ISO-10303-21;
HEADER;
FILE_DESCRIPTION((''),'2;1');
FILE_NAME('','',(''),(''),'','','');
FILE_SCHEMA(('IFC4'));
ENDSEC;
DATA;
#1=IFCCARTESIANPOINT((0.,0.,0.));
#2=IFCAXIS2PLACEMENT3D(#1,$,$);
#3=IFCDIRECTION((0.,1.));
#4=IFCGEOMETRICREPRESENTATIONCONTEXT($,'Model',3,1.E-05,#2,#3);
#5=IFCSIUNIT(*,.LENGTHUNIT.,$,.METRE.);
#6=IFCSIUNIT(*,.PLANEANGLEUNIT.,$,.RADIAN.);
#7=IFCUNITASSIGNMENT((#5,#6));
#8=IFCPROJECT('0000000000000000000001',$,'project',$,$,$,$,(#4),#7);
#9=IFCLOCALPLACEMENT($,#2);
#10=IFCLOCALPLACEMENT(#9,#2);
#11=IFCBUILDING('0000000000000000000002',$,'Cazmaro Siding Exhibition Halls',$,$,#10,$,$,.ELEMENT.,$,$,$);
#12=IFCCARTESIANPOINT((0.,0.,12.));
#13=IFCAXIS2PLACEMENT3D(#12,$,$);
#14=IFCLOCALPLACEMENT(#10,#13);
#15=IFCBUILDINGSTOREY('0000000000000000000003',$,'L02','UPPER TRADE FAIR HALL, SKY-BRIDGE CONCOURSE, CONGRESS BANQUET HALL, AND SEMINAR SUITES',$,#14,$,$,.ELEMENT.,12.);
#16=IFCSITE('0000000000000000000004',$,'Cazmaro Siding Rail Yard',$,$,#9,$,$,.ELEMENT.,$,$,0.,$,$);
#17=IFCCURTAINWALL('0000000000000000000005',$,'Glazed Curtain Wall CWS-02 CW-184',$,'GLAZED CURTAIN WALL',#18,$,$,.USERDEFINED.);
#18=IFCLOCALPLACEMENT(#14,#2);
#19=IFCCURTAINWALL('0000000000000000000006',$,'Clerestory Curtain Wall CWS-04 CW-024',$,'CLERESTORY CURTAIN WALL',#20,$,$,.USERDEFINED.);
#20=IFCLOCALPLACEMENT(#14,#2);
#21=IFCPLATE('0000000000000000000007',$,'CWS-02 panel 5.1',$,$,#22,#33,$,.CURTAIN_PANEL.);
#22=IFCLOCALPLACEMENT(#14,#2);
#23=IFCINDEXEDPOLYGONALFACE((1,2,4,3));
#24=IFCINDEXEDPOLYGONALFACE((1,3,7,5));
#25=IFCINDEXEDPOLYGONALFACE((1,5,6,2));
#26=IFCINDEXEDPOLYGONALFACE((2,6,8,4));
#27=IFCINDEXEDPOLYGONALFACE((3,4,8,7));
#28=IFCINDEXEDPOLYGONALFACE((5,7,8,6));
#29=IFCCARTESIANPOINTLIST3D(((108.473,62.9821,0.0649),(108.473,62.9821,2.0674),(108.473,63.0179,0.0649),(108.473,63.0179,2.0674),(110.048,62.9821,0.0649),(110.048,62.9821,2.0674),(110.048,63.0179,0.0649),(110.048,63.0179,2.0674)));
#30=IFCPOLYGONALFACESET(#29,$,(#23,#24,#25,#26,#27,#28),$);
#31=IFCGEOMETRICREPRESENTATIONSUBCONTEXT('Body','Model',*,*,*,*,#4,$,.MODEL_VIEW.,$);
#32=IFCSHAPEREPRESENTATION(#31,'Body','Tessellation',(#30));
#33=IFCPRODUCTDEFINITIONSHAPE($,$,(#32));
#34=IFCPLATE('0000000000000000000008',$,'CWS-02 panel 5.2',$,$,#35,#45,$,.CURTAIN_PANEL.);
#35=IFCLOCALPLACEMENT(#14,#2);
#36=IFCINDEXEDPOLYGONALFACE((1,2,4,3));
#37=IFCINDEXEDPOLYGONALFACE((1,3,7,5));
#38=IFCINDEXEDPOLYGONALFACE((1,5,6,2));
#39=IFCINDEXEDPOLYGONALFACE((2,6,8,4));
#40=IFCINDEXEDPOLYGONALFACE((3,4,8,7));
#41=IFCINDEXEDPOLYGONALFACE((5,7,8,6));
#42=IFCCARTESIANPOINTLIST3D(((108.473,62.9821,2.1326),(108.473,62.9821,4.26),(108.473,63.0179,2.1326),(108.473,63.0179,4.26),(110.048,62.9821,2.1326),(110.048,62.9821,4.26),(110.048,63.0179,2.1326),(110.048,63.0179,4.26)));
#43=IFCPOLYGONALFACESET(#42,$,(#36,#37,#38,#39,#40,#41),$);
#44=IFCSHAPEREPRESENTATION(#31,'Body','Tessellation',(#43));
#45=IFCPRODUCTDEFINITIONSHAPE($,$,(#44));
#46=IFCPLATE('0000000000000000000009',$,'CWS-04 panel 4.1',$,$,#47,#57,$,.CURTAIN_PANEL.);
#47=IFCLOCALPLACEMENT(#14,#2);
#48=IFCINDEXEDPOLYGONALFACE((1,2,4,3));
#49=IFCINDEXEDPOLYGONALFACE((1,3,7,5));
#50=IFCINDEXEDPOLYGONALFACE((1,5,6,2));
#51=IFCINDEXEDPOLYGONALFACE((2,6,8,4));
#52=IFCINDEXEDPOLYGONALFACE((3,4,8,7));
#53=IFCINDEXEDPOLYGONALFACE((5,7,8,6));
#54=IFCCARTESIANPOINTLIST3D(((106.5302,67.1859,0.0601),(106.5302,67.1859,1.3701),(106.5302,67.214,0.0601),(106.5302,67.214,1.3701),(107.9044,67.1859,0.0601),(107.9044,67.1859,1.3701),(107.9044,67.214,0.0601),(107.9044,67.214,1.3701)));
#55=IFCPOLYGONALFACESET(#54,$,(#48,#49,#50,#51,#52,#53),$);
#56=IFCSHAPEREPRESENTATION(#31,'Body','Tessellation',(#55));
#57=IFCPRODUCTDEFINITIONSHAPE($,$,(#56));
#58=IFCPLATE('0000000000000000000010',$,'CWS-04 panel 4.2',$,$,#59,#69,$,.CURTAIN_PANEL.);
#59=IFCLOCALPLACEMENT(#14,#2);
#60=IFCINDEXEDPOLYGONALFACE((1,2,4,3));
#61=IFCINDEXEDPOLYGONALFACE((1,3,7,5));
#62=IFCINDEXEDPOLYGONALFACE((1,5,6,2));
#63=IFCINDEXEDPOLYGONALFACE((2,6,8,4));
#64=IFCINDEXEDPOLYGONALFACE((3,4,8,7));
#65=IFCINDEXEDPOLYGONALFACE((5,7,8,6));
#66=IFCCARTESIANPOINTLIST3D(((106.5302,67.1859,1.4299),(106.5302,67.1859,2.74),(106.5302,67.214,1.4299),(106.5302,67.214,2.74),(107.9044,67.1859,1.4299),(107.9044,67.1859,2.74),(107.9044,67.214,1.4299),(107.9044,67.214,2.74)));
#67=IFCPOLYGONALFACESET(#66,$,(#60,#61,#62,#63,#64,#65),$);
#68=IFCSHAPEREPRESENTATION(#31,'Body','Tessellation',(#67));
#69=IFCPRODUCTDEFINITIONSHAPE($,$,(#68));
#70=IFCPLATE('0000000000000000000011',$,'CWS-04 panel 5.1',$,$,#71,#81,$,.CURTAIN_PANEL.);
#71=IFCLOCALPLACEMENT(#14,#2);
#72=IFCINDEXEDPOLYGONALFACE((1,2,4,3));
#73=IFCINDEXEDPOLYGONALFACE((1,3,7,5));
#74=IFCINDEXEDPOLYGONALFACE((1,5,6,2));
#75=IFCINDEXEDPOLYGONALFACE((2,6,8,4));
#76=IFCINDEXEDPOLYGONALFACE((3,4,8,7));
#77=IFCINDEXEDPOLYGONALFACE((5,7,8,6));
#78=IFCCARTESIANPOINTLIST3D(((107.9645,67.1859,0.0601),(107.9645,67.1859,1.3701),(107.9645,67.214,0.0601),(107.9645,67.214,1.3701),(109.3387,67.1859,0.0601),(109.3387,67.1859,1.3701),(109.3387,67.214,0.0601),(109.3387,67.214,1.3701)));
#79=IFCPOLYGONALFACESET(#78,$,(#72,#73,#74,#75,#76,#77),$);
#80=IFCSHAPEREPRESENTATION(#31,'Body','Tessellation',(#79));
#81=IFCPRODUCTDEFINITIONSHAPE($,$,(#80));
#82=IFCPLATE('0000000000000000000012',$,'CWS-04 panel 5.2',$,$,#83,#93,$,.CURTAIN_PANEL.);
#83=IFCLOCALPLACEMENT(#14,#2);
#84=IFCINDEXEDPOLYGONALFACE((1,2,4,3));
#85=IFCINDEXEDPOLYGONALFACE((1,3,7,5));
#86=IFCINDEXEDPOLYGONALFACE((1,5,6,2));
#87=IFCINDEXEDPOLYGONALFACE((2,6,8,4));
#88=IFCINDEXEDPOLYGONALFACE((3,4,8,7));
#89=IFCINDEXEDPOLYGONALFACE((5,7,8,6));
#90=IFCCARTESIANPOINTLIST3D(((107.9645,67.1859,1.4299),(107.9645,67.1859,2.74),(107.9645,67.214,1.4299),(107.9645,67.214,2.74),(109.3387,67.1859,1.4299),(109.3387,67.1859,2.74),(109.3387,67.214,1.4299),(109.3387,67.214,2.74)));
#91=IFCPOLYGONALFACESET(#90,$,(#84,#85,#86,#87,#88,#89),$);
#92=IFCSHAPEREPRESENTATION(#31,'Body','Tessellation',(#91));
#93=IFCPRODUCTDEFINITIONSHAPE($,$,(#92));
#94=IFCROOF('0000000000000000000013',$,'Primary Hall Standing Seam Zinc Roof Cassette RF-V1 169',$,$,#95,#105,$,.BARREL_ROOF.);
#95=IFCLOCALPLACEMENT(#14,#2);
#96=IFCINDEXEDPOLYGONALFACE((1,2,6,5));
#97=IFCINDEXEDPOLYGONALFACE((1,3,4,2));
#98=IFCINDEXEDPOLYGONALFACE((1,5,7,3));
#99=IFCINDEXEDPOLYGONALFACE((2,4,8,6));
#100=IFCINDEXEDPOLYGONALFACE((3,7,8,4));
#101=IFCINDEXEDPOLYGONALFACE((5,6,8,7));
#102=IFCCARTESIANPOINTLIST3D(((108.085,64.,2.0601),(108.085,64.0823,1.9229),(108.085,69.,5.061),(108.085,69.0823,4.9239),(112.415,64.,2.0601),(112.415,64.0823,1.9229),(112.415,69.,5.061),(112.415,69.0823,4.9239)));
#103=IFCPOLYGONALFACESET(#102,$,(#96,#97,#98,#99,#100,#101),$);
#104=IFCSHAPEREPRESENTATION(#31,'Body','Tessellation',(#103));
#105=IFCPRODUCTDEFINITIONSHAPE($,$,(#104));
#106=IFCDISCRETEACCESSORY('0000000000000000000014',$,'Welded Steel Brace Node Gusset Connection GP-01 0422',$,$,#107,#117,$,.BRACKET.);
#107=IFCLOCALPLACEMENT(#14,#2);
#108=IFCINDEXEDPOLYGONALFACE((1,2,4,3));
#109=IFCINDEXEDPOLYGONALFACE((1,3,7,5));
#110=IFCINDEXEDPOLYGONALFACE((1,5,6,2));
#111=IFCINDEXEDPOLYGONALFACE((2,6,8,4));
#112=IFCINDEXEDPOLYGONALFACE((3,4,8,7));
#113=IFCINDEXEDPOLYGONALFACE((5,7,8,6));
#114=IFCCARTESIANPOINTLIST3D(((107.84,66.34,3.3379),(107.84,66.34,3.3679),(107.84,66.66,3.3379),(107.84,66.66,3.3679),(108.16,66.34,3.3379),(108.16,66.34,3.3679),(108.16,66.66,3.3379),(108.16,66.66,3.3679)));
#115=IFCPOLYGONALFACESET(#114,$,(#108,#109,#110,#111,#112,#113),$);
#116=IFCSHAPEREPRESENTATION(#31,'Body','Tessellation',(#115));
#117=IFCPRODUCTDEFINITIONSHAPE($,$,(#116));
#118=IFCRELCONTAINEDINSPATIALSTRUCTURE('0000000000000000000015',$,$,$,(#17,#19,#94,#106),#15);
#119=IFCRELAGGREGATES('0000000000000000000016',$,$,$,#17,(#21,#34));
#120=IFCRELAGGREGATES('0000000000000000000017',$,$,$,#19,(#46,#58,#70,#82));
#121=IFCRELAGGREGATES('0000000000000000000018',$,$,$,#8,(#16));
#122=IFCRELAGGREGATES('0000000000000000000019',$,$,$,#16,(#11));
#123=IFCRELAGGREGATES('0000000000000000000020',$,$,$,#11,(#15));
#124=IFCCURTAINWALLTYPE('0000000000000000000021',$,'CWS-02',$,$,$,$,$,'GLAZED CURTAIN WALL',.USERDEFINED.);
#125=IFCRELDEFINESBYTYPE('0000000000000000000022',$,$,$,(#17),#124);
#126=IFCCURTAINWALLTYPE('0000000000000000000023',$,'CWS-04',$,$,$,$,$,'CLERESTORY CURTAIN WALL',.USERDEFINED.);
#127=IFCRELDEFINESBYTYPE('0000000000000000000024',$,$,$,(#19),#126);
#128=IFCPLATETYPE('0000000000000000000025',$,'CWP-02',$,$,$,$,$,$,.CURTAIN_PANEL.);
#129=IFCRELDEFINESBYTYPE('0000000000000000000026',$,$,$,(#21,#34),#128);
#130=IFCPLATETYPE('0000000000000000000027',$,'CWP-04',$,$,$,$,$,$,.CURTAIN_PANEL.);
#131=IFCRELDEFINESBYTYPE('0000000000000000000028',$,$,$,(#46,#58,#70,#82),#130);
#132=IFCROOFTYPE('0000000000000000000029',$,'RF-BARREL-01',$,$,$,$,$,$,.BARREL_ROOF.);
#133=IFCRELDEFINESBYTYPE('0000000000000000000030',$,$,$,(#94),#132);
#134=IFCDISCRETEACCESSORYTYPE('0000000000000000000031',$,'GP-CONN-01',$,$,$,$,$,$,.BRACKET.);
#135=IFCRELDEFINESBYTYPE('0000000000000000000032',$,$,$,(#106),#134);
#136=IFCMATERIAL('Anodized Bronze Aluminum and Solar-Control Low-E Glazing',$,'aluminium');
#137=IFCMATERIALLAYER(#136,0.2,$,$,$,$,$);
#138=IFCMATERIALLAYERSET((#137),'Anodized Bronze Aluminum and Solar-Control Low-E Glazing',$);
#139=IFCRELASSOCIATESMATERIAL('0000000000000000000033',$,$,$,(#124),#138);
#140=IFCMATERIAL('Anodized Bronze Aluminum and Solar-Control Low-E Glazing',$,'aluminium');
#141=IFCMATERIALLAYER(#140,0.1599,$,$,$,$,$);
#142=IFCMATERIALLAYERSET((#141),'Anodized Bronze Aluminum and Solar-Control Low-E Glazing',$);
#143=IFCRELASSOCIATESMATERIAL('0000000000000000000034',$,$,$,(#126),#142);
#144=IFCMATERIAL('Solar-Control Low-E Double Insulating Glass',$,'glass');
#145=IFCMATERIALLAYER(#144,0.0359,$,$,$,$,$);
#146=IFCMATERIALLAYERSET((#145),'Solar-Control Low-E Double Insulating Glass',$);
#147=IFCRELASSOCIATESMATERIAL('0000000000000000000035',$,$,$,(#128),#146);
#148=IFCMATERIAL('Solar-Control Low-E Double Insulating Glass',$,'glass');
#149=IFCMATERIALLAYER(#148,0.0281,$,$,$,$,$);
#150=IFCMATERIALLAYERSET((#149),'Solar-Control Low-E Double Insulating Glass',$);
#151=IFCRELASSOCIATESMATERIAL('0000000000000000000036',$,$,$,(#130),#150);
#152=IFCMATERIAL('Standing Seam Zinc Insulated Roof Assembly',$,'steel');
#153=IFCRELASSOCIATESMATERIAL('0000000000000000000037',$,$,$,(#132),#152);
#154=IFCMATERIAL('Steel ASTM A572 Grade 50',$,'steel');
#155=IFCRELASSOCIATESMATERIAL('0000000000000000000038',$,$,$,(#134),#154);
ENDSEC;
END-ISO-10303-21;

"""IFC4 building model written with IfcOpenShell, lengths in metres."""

from ifc_helpers import new_model, si_unit, direction, frame, origin, origin_2d, place, context, subcontext, project, spatial, polyline, rectangle, outline, extrude, material, layer, layer_set, type_object, element, aggregate, save


model = new_model("IFC4")

# Units and contexts
model_context = context("Model", 3, precision=1e-05, world=origin(), true_north=direction((0.0, 1.0)))
body_context = subcontext(model_context, "Body", "Model", "MODEL_VIEW")
ifc_project = project(units=[si_unit("LENGTHUNIT", "METRE"), si_unit("PLANEANGLEUNIT", "RADIAN")], contexts=[model_context])

# Site, building, storey
site_placement = place(None, origin())
site = spatial("IfcSite", under=ifc_project, at=site_placement, Name="Cazmaro Siding Rail Yard", CompositionType="ELEMENT", RefElevation=0.0)
building_placement = place(site_placement, origin())
building = spatial("IfcBuilding", under=site, at=building_placement, Name="Cazmaro Siding Exhibition Halls", CompositionType="ELEMENT")
storey_placement = place(building_placement, frame((0.0, 0.0, 12.0)))
storey = spatial("IfcBuildingStorey", under=building, at=storey_placement, Name="L02", Description="UPPER TRADE FAIR HALL, SKY-BRIDGE CONCOURSE, CONGRESS BANQUET HALL, AND SEMINAR SUITES", CompositionType="ELEMENT", Elevation=12.0)

# Curtain wall
ifc_material_1 = material(Name="Anodized Bronze Aluminum and Solar-Control Low-E Glazing", Category="aluminium")
ifc_layer_1 = layer(ifc_material_1, 0.2)
ifc_layer_set_1 = layer_set([ifc_layer_1], Name="Anodized Bronze Aluminum and Solar-Control Low-E Glazing")
curtain_wall_type_1 = type_object("IfcCurtainWallType", Name="CWS-02", ElementType="GLAZED CURTAIN WALL", PredefinedType="USERDEFINED", material=ifc_layer_set_1)
curtain_wall_1_placement = place(storey_placement, origin())
curtain_wall_1 = element("IfcCurtainWall", 1, at=curtain_wall_1_placement, inside=storey, type_object=curtain_wall_type_1, Name="Glazed Curtain Wall CWS-02 CW-184", ObjectType="GLAZED CURTAIN WALL", PredefinedType="USERDEFINED")

# Curtain wall
ifc_material_2 = material(Name="Anodized Bronze Aluminum and Solar-Control Low-E Glazing", Category="aluminium")
ifc_layer_2 = layer(ifc_material_2, 0.1599)
ifc_layer_set_2 = layer_set([ifc_layer_2], Name="Anodized Bronze Aluminum and Solar-Control Low-E Glazing")
curtain_wall_type_2 = type_object("IfcCurtainWallType", Name="CWS-04", ElementType="CLERESTORY CURTAIN WALL", PredefinedType="USERDEFINED", material=ifc_layer_set_2)
curtain_wall_2_placement = place(storey_placement, origin())
curtain_wall_2 = element("IfcCurtainWall", 2, at=curtain_wall_2_placement, inside=storey, type_object=curtain_wall_type_2, Name="Clerestory Curtain Wall CWS-04 CW-024", ObjectType="CLERESTORY CURTAIN WALL", PredefinedType="USERDEFINED")

# Plates
ifc_material_3 = material(Name="Solar-Control Low-E Double Insulating Glass", Category="glass")
ifc_layer_3 = layer(ifc_material_3, 0.0359)
ifc_layer_set_3 = layer_set([ifc_layer_3], Name="Solar-Control Low-E Double Insulating Glass")
plate_type_1 = type_object("IfcPlateType", Name="CWP-02", PredefinedType="CURTAIN_PANEL", material=ifc_layer_set_3)
plate_1_placement = place(storey_placement, frame((109.2605, 63.0, 0.0649), z_axis=(0.0, 0.0, 1.0), x_axis=(-1.0, 0.0, 0.0)))
plate_1 = element("IfcPlate", 3, at=plate_1_placement, type_object=plate_type_1, Name="CWS-02 panel 5.1", PredefinedType="CURTAIN_PANEL", context=body_context, shape_type="SweptSolid", body=[
    extrude(rectangle(XDim=1.575, YDim=0.0359, at=origin_2d()), origin(), (0.0, 0.0, 1.0), 2.0024),
])
plate_2_placement = place(storey_placement, frame((109.2605, 63.0, 2.1326), z_axis=(0.0, 0.0, 1.0), x_axis=(-1.0, 0.0, 0.0)))
plate_2 = element("IfcPlate", 4, at=plate_2_placement, type_object=plate_type_1, Name="CWS-02 panel 5.2", PredefinedType="CURTAIN_PANEL", context=body_context, shape_type="SweptSolid", body=[
    extrude(rectangle(XDim=1.575, YDim=0.0359, at=origin_2d()), origin(), (0.0, 0.0, 1.0), 2.1274),
])
aggregate(curtain_wall_1, [plate_1, plate_2])
ifc_material_4 = material(Name="Solar-Control Low-E Double Insulating Glass", Category="glass")
ifc_layer_4 = layer(ifc_material_4, 0.0281)
ifc_layer_set_4 = layer_set([ifc_layer_4], Name="Solar-Control Low-E Double Insulating Glass")
plate_type_2 = type_object("IfcPlateType", Name="CWP-04", PredefinedType="CURTAIN_PANEL", material=ifc_layer_set_4)
plate_3_placement = place(storey_placement, frame((107.2173, 67.2, 0.0601), z_axis=(0.0, 0.0, 1.0), x_axis=(1.0, 0.0, 0.0)))
plate_3 = element("IfcPlate", 5, at=plate_3_placement, type_object=plate_type_2, Name="CWS-04 panel 4.1", PredefinedType="CURTAIN_PANEL", context=body_context, shape_type="SweptSolid", body=[
    extrude(rectangle(XDim=1.3743, YDim=0.0281, at=origin_2d()), origin(), (0.0, 0.0, 1.0), 1.3101),
])
plate_4_placement = place(storey_placement, frame((107.2173, 67.2, 1.4299), z_axis=(0.0, 0.0, 1.0), x_axis=(1.0, 0.0, 0.0)))
plate_4 = element("IfcPlate", 6, at=plate_4_placement, type_object=plate_type_2, Name="CWS-04 panel 4.2", PredefinedType="CURTAIN_PANEL", context=body_context, shape_type="SweptSolid", body=[
    extrude(rectangle(XDim=1.3743, YDim=0.0281, at=origin_2d()), origin(), (0.0, 0.0, 1.0), 1.3101),
])
plate_5_placement = place(storey_placement, frame((108.6516, 67.2, 0.0601), z_axis=(0.0, 0.0, 1.0), x_axis=(1.0, 0.0, 0.0)))
plate_5 = element("IfcPlate", 7, at=plate_5_placement, type_object=plate_type_2, Name="CWS-04 panel 5.1", PredefinedType="CURTAIN_PANEL", context=body_context, shape_type="SweptSolid", body=[
    extrude(rectangle(XDim=1.3743, YDim=0.0281, at=origin_2d()), origin(), (0.0, 0.0, 1.0), 1.3101),
])
plate_6_placement = place(storey_placement, frame((108.6516, 67.2, 1.4299), z_axis=(0.0, 0.0, 1.0), x_axis=(1.0, 0.0, 0.0)))
plate_6 = element("IfcPlate", 8, at=plate_6_placement, type_object=plate_type_2, Name="CWS-04 panel 5.2", PredefinedType="CURTAIN_PANEL", context=body_context, shape_type="SweptSolid", body=[
    extrude(rectangle(XDim=1.3743, YDim=0.0281, at=origin_2d()), origin(), (0.0, 0.0, 1.0), 1.3101),
])
aggregate(curtain_wall_2, [plate_3, plate_4, plate_5, plate_6])

# Roof
ifc_material_5 = material(Name="Standing Seam Zinc Insulated Roof Assembly", Category="steel")
roof_type = type_object("IfcRoofType", Name="RF-BARREL-01", PredefinedType="BARREL_ROOF", material=ifc_material_5)
roof_placement = place(storey_placement, frame((108.085, 64.0, 2.0601), z_axis=(0.0, -0.514619, 0.857419), x_axis=(1.0, 0.0, 0.0)))
element("IfcRoof", 9, at=roof_placement, inside=storey, type_object=roof_type, Name="Primary Hall Standing Seam Zinc Roof Cassette RF-V1 169", PredefinedType="BARREL_ROOF", context=body_context, shape_type="SweptSolid", body=[
    extrude(outline(polyline([(0.0, 0.0), (4.3301, 0.0), (4.3301, 5.8315), (0.0, 5.8315), (0.0, 0.0)])), origin(), (0.0, 0.0, -1.0), 0.1599),
])

# Discrete accessory
ifc_material_6 = material(Name="Steel ASTM A572 Grade 50", Category="steel")
discrete_accessory_type = type_object("IfcDiscreteAccessoryType", Name="GP-CONN-01", PredefinedType="BRACKET", material=ifc_material_6)
discrete_accessory_placement = place(storey_placement, frame((108.0, 66.5, 3.3379), z_axis=(0.0, 0.0, 1.0), x_axis=(1.0, 0.0, 0.0)))
element("IfcDiscreteAccessory", 10, at=discrete_accessory_placement, inside=storey, type_object=discrete_accessory_type, Name="Welded Steel Brace Node Gusset Connection GP-01 0422", PredefinedType="BRACKET", context=body_context, shape_type="SweptSolid", body=[
    extrude(rectangle(XDim=0.3201, YDim=0.3201, at=origin_2d()), origin(), (0.0, 0.0, 1.0), 0.03),
])

save(model, "model.ifc")
